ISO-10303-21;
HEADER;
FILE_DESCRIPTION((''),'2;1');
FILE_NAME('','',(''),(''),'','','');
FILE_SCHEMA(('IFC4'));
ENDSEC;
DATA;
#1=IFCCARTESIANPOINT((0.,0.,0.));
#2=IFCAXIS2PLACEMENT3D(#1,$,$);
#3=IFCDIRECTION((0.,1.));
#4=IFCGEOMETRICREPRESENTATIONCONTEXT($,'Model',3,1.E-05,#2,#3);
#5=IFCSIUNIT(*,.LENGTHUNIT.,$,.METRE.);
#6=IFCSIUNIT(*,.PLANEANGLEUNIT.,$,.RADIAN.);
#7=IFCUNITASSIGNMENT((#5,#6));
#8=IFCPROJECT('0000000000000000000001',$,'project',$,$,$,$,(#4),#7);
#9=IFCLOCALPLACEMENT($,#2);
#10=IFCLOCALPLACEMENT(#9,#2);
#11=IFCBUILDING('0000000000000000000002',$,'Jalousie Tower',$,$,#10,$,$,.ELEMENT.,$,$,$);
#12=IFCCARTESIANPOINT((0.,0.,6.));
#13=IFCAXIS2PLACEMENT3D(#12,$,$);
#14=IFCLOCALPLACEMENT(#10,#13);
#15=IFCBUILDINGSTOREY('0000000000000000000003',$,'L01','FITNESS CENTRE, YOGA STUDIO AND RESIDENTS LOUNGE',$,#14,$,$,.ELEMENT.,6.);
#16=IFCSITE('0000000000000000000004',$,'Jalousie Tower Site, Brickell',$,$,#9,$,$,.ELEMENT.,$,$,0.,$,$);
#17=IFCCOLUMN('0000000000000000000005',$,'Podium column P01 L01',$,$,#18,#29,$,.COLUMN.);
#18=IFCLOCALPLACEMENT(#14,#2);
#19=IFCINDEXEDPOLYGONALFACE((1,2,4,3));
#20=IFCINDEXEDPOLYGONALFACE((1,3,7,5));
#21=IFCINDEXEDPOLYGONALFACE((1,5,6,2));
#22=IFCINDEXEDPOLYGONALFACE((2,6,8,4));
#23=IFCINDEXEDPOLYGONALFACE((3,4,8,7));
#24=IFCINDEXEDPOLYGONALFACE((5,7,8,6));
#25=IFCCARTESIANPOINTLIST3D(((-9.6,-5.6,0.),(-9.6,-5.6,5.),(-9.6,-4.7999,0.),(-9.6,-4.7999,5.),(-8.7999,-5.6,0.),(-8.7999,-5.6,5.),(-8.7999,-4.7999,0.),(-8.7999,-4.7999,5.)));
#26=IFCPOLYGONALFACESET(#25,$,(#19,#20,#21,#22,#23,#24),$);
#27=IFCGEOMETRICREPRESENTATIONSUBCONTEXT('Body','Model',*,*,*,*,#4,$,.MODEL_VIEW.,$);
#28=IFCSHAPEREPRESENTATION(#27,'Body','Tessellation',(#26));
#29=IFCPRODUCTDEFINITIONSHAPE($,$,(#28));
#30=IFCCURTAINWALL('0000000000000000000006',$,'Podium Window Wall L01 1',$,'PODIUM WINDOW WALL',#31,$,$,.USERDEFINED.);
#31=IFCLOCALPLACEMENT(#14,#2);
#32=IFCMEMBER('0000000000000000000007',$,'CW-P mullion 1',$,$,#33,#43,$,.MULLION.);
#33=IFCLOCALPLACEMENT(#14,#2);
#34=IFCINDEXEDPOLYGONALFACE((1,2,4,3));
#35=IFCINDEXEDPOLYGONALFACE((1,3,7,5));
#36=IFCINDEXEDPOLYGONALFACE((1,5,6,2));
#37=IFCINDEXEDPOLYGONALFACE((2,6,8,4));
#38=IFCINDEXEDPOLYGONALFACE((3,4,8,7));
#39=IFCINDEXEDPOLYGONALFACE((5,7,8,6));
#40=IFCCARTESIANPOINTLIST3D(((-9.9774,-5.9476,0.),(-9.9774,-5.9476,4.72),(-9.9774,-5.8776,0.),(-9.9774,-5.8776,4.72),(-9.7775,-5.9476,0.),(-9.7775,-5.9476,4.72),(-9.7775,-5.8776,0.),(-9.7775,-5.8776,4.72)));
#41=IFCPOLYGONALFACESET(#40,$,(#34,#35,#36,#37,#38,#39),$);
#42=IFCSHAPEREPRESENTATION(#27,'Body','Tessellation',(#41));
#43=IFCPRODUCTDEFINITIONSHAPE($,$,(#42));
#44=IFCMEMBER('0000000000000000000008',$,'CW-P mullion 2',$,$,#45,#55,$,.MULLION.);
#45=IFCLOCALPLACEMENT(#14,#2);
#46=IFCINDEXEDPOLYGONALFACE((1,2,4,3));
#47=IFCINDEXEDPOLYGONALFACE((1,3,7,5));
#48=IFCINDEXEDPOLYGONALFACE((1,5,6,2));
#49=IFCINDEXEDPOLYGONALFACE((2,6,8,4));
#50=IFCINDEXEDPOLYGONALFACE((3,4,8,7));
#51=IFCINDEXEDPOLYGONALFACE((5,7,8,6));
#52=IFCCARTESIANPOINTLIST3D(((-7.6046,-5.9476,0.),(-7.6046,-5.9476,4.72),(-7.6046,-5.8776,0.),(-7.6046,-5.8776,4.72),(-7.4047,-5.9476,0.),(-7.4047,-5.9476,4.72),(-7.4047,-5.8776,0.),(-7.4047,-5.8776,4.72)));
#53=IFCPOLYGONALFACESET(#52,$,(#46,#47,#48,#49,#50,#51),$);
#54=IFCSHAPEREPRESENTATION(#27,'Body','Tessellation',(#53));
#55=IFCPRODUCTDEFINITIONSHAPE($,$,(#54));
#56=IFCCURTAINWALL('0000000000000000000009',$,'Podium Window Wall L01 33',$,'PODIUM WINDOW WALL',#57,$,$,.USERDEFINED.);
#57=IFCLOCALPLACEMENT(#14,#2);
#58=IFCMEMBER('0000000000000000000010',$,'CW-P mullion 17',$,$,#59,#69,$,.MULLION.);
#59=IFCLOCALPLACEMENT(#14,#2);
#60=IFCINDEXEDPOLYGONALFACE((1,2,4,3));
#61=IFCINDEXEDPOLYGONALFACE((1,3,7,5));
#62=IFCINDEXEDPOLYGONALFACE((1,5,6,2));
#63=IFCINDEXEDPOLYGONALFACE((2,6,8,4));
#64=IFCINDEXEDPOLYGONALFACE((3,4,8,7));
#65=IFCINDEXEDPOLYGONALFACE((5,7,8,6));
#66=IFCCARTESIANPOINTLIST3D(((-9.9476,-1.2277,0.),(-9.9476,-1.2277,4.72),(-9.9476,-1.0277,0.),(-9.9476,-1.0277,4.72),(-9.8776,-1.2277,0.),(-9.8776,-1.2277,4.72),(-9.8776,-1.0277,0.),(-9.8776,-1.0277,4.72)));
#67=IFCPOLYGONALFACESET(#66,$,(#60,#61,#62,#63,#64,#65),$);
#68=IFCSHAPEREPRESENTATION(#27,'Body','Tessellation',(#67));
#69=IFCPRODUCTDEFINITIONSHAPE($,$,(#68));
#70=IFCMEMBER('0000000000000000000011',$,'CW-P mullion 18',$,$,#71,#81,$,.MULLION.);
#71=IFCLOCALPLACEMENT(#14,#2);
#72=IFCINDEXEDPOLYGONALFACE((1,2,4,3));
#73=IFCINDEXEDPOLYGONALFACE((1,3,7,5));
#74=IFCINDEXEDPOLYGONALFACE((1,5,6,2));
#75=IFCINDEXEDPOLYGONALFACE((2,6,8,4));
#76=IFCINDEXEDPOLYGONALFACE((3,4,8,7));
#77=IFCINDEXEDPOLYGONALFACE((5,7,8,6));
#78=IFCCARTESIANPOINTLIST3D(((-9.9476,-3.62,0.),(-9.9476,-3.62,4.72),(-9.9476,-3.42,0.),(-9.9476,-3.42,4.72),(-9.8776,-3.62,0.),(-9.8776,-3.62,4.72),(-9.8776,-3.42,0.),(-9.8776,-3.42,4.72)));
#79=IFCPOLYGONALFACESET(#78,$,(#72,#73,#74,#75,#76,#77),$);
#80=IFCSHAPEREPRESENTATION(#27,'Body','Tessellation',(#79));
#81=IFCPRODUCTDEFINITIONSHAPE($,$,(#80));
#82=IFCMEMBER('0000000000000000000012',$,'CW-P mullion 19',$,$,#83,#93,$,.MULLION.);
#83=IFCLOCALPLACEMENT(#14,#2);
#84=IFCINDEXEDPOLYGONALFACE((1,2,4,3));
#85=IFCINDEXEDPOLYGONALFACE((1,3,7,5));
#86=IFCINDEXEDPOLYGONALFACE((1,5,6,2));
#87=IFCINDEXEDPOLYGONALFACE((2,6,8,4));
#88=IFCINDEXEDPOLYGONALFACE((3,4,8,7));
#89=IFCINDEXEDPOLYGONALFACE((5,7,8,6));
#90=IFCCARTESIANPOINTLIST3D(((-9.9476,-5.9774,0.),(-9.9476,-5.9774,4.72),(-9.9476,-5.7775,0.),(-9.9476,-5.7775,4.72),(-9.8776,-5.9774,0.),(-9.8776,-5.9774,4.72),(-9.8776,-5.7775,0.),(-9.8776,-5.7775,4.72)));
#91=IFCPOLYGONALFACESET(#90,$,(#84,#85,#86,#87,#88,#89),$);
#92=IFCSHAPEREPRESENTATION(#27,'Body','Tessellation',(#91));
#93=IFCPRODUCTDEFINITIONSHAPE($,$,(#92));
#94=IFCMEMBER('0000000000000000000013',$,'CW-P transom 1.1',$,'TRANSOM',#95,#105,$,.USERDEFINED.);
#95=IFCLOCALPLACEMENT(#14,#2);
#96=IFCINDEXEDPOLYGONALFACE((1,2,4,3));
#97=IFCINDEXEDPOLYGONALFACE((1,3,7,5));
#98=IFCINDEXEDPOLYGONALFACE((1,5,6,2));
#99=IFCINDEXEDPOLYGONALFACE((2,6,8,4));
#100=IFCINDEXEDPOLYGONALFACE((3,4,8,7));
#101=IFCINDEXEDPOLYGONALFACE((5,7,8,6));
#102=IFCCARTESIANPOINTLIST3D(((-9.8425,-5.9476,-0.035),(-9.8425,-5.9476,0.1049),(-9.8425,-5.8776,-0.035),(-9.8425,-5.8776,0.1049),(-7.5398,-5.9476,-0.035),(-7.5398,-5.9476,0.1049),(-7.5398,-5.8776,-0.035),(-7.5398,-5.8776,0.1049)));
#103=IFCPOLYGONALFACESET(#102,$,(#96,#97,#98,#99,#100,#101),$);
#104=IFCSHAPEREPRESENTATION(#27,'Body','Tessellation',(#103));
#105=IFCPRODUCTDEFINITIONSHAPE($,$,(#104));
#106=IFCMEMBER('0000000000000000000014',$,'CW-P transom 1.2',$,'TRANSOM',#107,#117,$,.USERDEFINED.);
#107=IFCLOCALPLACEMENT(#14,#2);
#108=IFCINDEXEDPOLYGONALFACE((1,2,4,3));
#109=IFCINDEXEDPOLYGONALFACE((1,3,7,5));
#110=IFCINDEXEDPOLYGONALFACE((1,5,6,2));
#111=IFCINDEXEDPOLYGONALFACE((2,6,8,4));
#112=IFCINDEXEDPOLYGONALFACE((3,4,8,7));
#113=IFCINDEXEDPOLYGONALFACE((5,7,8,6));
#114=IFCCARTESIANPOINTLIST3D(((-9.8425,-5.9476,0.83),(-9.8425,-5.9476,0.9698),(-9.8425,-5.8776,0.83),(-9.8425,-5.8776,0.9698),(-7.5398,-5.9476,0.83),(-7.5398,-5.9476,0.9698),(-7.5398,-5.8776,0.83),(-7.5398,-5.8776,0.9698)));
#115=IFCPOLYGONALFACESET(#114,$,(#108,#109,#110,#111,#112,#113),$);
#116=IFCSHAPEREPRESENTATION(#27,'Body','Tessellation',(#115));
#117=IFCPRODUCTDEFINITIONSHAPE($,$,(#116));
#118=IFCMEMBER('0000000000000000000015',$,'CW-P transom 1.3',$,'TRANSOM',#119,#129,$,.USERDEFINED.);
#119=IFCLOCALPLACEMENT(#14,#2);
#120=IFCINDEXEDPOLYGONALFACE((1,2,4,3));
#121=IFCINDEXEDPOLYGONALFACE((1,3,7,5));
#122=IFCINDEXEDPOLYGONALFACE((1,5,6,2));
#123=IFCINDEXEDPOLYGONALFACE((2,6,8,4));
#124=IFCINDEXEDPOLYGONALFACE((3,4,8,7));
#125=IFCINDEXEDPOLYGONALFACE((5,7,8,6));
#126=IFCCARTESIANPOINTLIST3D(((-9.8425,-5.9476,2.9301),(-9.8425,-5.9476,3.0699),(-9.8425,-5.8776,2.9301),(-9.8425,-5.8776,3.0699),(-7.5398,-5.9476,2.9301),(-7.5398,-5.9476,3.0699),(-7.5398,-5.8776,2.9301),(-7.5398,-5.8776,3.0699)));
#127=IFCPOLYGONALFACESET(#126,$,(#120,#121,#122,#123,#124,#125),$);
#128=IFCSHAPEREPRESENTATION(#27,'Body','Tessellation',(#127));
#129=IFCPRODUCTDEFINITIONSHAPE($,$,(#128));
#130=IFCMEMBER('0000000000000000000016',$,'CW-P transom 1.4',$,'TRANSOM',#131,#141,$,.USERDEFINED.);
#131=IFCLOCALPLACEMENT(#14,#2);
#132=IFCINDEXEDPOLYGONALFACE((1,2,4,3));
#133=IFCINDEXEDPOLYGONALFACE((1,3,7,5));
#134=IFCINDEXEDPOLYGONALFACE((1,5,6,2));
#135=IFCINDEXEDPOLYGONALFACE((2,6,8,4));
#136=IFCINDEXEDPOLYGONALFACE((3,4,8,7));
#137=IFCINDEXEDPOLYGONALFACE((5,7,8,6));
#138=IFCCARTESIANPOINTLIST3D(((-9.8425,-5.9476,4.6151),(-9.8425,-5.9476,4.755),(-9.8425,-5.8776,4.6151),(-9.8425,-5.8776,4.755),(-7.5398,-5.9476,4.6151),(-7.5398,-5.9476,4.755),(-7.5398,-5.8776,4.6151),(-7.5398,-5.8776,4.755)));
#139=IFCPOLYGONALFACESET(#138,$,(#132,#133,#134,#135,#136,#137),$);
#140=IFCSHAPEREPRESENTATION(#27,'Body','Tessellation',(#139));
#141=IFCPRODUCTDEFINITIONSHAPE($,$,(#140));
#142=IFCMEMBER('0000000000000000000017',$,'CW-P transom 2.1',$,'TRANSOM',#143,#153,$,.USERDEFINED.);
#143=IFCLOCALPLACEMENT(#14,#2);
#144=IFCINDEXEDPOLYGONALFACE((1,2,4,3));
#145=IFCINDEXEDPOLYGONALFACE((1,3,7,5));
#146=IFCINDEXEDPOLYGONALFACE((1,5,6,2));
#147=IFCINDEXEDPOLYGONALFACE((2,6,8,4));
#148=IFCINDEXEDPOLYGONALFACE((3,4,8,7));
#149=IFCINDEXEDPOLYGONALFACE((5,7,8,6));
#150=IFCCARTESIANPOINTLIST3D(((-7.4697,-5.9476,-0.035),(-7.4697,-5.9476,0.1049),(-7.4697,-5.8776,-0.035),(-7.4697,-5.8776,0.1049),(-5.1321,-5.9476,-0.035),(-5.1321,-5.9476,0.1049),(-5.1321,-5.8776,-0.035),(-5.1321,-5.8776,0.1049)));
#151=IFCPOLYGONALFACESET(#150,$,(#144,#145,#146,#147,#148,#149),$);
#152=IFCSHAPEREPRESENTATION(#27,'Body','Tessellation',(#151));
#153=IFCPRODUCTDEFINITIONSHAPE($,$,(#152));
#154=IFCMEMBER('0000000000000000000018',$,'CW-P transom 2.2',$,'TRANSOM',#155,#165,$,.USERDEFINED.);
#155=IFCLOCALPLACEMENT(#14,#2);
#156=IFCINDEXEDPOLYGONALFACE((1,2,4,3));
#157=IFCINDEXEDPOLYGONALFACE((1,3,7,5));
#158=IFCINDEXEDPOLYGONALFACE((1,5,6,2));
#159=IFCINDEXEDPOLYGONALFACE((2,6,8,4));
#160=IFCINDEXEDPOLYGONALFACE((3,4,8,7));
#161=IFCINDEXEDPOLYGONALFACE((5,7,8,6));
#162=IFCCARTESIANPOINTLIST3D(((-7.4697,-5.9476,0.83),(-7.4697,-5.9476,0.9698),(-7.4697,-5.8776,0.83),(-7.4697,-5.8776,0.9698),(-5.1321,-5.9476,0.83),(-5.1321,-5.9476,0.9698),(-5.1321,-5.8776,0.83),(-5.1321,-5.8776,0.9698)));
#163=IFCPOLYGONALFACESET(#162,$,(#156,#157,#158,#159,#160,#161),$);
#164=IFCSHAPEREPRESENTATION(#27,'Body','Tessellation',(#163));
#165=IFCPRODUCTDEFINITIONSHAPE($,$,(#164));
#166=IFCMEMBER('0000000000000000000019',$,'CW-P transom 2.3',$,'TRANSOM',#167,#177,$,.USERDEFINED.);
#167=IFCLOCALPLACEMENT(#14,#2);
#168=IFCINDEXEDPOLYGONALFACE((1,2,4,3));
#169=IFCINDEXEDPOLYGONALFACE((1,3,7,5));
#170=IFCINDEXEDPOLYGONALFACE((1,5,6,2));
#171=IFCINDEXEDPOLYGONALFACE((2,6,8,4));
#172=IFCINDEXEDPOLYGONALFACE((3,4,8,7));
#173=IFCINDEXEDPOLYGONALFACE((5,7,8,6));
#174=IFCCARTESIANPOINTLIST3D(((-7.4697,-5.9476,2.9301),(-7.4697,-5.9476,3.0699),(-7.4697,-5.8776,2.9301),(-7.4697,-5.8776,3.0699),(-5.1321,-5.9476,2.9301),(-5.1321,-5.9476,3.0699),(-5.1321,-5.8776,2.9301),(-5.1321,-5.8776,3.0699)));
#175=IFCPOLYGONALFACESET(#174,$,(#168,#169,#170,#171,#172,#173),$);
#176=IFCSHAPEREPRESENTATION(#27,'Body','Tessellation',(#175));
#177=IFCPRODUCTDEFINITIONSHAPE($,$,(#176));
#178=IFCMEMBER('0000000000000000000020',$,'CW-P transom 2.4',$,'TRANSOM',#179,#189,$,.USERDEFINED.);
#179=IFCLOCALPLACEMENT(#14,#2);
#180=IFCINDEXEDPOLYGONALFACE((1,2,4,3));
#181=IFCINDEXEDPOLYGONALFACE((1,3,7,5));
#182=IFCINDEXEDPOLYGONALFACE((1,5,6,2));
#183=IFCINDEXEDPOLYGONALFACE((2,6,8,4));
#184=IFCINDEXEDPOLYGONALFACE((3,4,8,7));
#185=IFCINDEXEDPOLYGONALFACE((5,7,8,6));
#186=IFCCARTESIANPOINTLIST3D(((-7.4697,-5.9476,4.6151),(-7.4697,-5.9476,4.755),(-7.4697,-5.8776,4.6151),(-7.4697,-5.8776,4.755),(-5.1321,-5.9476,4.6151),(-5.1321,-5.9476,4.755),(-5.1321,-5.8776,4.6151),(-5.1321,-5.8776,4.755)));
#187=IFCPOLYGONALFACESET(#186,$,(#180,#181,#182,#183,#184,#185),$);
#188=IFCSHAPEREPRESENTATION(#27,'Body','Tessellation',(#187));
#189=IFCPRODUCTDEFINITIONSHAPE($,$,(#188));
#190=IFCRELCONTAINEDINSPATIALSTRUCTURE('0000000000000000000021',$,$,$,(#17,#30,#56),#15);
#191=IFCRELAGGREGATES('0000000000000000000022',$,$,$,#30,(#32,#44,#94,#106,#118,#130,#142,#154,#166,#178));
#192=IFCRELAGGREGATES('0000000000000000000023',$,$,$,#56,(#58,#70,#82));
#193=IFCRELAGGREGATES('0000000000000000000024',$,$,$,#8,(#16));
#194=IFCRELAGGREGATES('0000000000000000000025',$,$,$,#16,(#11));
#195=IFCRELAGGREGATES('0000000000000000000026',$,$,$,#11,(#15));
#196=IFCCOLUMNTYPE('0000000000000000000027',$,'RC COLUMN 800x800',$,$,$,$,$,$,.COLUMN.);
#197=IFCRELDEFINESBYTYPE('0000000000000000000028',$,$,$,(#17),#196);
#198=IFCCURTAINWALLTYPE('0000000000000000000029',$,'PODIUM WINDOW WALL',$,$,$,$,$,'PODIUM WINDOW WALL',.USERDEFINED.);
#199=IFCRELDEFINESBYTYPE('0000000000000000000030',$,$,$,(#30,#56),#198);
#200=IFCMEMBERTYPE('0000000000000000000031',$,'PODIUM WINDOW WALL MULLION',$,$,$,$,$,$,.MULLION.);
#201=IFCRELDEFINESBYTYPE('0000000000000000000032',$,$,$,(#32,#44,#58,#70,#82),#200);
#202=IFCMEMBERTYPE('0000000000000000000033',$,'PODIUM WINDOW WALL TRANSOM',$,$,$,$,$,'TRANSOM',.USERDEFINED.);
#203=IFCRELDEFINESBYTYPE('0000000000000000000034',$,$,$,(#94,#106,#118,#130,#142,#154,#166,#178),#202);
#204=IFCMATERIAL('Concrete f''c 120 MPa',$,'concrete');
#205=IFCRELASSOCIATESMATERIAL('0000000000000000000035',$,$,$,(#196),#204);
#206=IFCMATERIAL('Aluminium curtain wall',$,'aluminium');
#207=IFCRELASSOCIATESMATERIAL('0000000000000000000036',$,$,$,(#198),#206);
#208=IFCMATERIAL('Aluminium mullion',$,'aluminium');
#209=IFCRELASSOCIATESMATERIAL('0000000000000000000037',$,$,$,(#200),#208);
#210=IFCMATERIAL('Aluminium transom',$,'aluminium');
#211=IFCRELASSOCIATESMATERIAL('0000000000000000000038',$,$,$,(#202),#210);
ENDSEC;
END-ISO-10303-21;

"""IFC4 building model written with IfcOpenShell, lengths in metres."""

from ifc_helpers import new_model, si_unit, direction, frame, origin, origin_2d, place, context, subcontext, project, spatial, rectangle, extrude, material, material_profile, profile_set, type_object, element, aggregate, save


model = new_model("IFC4")

# Units and contexts
model_context = context("Model", 3, precision=1e-05, world=origin(), true_north=direction((0.0, 1.0)))
body_context = subcontext(model_context, "Body", "Model", "MODEL_VIEW")
ifc_project = project(units=[si_unit("LENGTHUNIT", "METRE"), si_unit("PLANEANGLEUNIT", "RADIAN")], contexts=[model_context])

# Site, building, storey
site_placement = place(None, origin())
site = spatial("IfcSite", under=ifc_project, at=site_placement, Name="Jalousie Tower Site, Brickell", CompositionType="ELEMENT", RefElevation=0.0)
building_placement = place(site_placement, origin())
building = spatial("IfcBuilding", under=site, at=building_placement, Name="Jalousie Tower", CompositionType="ELEMENT")
storey_placement = place(building_placement, frame((0.0, 0.0, 6.0)))
storey = spatial("IfcBuildingStorey", under=building, at=storey_placement, Name="L01", Description="FITNESS CENTRE, YOGA STUDIO AND RESIDENTS LOUNGE", CompositionType="ELEMENT", Elevation=6.0)

# Column
ifc_material_1 = material(Name="Concrete f'c 120 MPa", Category="concrete")
ifc_material_profile_1 = material_profile(ifc_material_1, rectangle(XDim=0.8, YDim=0.8, at=origin_2d()), Name="RC 800x800")
ifc_profile_set_1 = profile_set([ifc_material_profile_1], Name="Concrete f'c 120 MPa")
column_type = type_object("IfcColumnType", Name="RC COLUMN 800x800", PredefinedType="COLUMN", material=ifc_profile_set_1)
column_placement = place(storey_placement, frame((-9.2, -5.2, 0.0), z_axis=(0.0, 0.0, 1.0), x_axis=(1.0, 0.0, 0.0)))
element("IfcColumn", 1, at=column_placement, inside=storey, type_object=column_type, Name="Podium column P01 L01", PredefinedType="COLUMN", context=body_context, shape_type="SweptSolid", body=[
    extrude(rectangle(XDim=0.8, YDim=0.8, at=origin_2d()), origin(), (0.0, 0.0, 1.0), 5.0),
])

# Curtain walls, members
ifc_material_2 = material(Name="Aluminium curtain wall", Category="aluminium")
curtain_wall_type = type_object("IfcCurtainWallType", Name="PODIUM WINDOW WALL", ElementType="PODIUM WINDOW WALL", PredefinedType="USERDEFINED", material=ifc_material_2)
curtain_wall_1_placement = place(storey_placement, origin())
curtain_wall_1 = element("IfcCurtainWall", 2, at=curtain_wall_1_placement, inside=storey, type_object=curtain_wall_type, Name="Podium Window Wall L01 1", ObjectType="PODIUM WINDOW WALL", PredefinedType="USERDEFINED")
ifc_material_3 = material(Name="Aluminium mullion", Category="aluminium")
ifc_material_profile_2 = material_profile(ifc_material_3, rectangle(XDim=0.0701, YDim=0.2, at=origin_2d()), Name="MULLION 70x200")
ifc_profile_set_2 = profile_set([ifc_material_profile_2], Name="Aluminium mullion")
member_type_1 = type_object("IfcMemberType", Name="PODIUM WINDOW WALL MULLION", PredefinedType="MULLION", material=ifc_profile_set_2)
member_1_placement = place(storey_placement, frame((-9.8774, -5.9126, 0.0), z_axis=(0.0, 0.0, 1.0), x_axis=(0.0, 1.0, 0.0)))
member_1 = element("IfcMember", 3, at=member_1_placement, type_object=member_type_1, Name="CW-P mullion 1", PredefinedType="MULLION", context=body_context, shape_type="SweptSolid", body=[
    extrude(rectangle(XDim=0.0701, YDim=0.2, at=origin_2d()), origin(), (0.0, 0.0, 1.0), 4.72),
])
member_2_placement = place(storey_placement, frame((-7.5046, -5.9126, 0.0), z_axis=(0.0, 0.0, 1.0), x_axis=(0.0, 1.0, 0.0)))
member_2 = element("IfcMember", 4, at=member_2_placement, type_object=member_type_1, Name="CW-P mullion 2", PredefinedType="MULLION", context=body_context, shape_type="SweptSolid", body=[
    extrude(rectangle(XDim=0.0701, YDim=0.2, at=origin_2d()), origin(), (0.0, 0.0, 1.0), 4.72),
])
curtain_wall_2_placement = place(storey_placement, origin())
curtain_wall_2 = element("IfcCurtainWall", 5, at=curtain_wall_2_placement, inside=storey, type_object=curtain_wall_type, Name="Podium Window Wall L01 33", ObjectType="PODIUM WINDOW WALL", PredefinedType="USERDEFINED")
member_3_placement = place(storey_placement, frame((-9.9126, -1.1277, 0.0), z_axis=(0.0, 0.0, 1.0), x_axis=(1.0, 0.0, 0.0)))
member_3 = element("IfcMember", 6, at=member_3_placement, type_object=member_type_1, Name="CW-P mullion 17", PredefinedType="MULLION", context=body_context, shape_type="SweptSolid", body=[
    extrude(rectangle(XDim=0.0701, YDim=0.2, at=origin_2d()), origin(), (0.0, 0.0, 1.0), 4.72),
])
member_4_placement = place(storey_placement, frame((-9.9126, -3.52, 0.0), z_axis=(0.0, 0.0, 1.0), x_axis=(1.0, 0.0, 0.0)))
member_4 = element("IfcMember", 7, at=member_4_placement, type_object=member_type_1, Name="CW-P mullion 18", PredefinedType="MULLION", context=body_context, shape_type="SweptSolid", body=[
    extrude(rectangle(XDim=0.0701, YDim=0.2, at=origin_2d()), origin(), (0.0, 0.0, 1.0), 4.72),
])
member_5_placement = place(storey_placement, frame((-9.9126, -5.8774, 0.0), z_axis=(0.0, 0.0, 1.0), x_axis=(1.0, 0.0, 0.0)))
member_5 = element("IfcMember", 8, at=member_5_placement, type_object=member_type_1, Name="CW-P mullion 19", PredefinedType="MULLION", context=body_context, shape_type="SweptSolid", body=[
    extrude(rectangle(XDim=0.0701, YDim=0.2, at=origin_2d()), origin(), (0.0, 0.0, 1.0), 4.72),
])

# Members
ifc_material_4 = material(Name="Aluminium transom", Category="aluminium")
ifc_material_profile_3 = material_profile(ifc_material_4, rectangle(XDim=0.0701, YDim=0.1399, at=origin_2d()), Name="TRANSOM 70x140")
ifc_profile_set_3 = profile_set([ifc_material_profile_3], Name="Aluminium transom")
member_type_2 = type_object("IfcMemberType", Name="PODIUM WINDOW WALL TRANSOM", ElementType="TRANSOM", PredefinedType="USERDEFINED", material=ifc_profile_set_3)
member_6_placement = place(storey_placement, frame((-9.8425, -5.9126, 0.0349), z_axis=(1.0, 0.0, 0.0), x_axis=(0.0, 1.0, 0.0)))
member_6 = element("IfcMember", 9, at=member_6_placement, type_object=member_type_2, Name="CW-P transom 1.1", ObjectType="TRANSOM", PredefinedType="USERDEFINED", context=body_context, shape_type="SweptSolid", body=[
    extrude(rectangle(XDim=0.0701, YDim=0.1399, at=origin_2d()), origin(), (0.0, 0.0, 1.0), 2.3027),
])
member_7_placement = place(storey_placement, frame((-9.8425, -5.9126, 0.8999), z_axis=(1.0, 0.0, 0.0), x_axis=(0.0, 1.0, 0.0)))
member_7 = element("IfcMember", 10, at=member_7_placement, type_object=member_type_2, Name="CW-P transom 1.2", ObjectType="TRANSOM", PredefinedType="USERDEFINED", context=body_context, shape_type="SweptSolid", body=[
    extrude(rectangle(XDim=0.0701, YDim=0.1399, at=origin_2d()), origin(), (0.0, 0.0, 1.0), 2.3027),
])
member_8_placement = place(storey_placement, frame((-9.8425, -5.9126, 3.0), z_axis=(1.0, 0.0, 0.0), x_axis=(0.0, 1.0, 0.0)))
member_8 = element("IfcMember", 11, at=member_8_placement, type_object=member_type_2, Name="CW-P transom 1.3", ObjectType="TRANSOM", PredefinedType="USERDEFINED", context=body_context, shape_type="SweptSolid", body=[
    extrude(rectangle(XDim=0.0701, YDim=0.1399, at=origin_2d()), origin(), (0.0, 0.0, 1.0), 2.3027),
])
member_9_placement = place(storey_placement, frame((-9.8425, -5.9126, 4.6851), z_axis=(1.0, 0.0, 0.0), x_axis=(0.0, 1.0, 0.0)))
member_9 = element("IfcMember", 12, at=member_9_placement, type_object=member_type_2, Name="CW-P transom 1.4", ObjectType="TRANSOM", PredefinedType="USERDEFINED", context=body_context, shape_type="SweptSolid", body=[
    extrude(rectangle(XDim=0.0701, YDim=0.1399, at=origin_2d()), origin(), (0.0, 0.0, 1.0), 2.3027),
])
member_10_placement = place(storey_placement, frame((-7.4697, -5.9126, 0.0349), z_axis=(1.0, 0.0, 0.0), x_axis=(0.0, 1.0, 0.0)))
member_10 = element("IfcMember", 13, at=member_10_placement, type_object=member_type_2, Name="CW-P transom 2.1", ObjectType="TRANSOM", PredefinedType="USERDEFINED", context=body_context, shape_type="SweptSolid", body=[
    extrude(rectangle(XDim=0.0701, YDim=0.1399, at=origin_2d()), origin(), (0.0, 0.0, 1.0), 2.3376),
])
member_11_placement = place(storey_placement, frame((-7.4697, -5.9126, 0.8999), z_axis=(1.0, 0.0, 0.0), x_axis=(0.0, 1.0, 0.0)))
member_11 = element("IfcMember", 14, at=member_11_placement, type_object=member_type_2, Name="CW-P transom 2.2", ObjectType="TRANSOM", PredefinedType="USERDEFINED", context=body_context, shape_type="SweptSolid", body=[
    extrude(rectangle(XDim=0.0701, YDim=0.1399, at=origin_2d()), origin(), (0.0, 0.0, 1.0), 2.3376),
])
member_12_placement = place(storey_placement, frame((-7.4697, -5.9126, 3.0), z_axis=(1.0, 0.0, 0.0), x_axis=(0.0, 1.0, 0.0)))
member_12 = element("IfcMember", 15, at=member_12_placement, type_object=member_type_2, Name="CW-P transom 2.3", ObjectType="TRANSOM", PredefinedType="USERDEFINED", context=body_context, shape_type="SweptSolid", body=[
    extrude(rectangle(XDim=0.0701, YDim=0.1399, at=origin_2d()), origin(), (0.0, 0.0, 1.0), 2.3376),
])
member_13_placement = place(storey_placement, frame((-7.4697, -5.9126, 4.6851), z_axis=(1.0, 0.0, 0.0), x_axis=(0.0, 1.0, 0.0)))
member_13 = element("IfcMember", 16, at=member_13_placement, type_object=member_type_2, Name="CW-P transom 2.4", ObjectType="TRANSOM", PredefinedType="USERDEFINED", context=body_context, shape_type="SweptSolid", body=[
    extrude(rectangle(XDim=0.0701, YDim=0.1399, at=origin_2d()), origin(), (0.0, 0.0, 1.0), 2.3376),
])

aggregate(curtain_wall_1, [member_1, member_2, member_6, member_7, member_8, member_9, member_10, member_11, member_12, member_13])
aggregate(curtain_wall_2, [member_3, member_4, member_5])

save(model, "model.ifc")
